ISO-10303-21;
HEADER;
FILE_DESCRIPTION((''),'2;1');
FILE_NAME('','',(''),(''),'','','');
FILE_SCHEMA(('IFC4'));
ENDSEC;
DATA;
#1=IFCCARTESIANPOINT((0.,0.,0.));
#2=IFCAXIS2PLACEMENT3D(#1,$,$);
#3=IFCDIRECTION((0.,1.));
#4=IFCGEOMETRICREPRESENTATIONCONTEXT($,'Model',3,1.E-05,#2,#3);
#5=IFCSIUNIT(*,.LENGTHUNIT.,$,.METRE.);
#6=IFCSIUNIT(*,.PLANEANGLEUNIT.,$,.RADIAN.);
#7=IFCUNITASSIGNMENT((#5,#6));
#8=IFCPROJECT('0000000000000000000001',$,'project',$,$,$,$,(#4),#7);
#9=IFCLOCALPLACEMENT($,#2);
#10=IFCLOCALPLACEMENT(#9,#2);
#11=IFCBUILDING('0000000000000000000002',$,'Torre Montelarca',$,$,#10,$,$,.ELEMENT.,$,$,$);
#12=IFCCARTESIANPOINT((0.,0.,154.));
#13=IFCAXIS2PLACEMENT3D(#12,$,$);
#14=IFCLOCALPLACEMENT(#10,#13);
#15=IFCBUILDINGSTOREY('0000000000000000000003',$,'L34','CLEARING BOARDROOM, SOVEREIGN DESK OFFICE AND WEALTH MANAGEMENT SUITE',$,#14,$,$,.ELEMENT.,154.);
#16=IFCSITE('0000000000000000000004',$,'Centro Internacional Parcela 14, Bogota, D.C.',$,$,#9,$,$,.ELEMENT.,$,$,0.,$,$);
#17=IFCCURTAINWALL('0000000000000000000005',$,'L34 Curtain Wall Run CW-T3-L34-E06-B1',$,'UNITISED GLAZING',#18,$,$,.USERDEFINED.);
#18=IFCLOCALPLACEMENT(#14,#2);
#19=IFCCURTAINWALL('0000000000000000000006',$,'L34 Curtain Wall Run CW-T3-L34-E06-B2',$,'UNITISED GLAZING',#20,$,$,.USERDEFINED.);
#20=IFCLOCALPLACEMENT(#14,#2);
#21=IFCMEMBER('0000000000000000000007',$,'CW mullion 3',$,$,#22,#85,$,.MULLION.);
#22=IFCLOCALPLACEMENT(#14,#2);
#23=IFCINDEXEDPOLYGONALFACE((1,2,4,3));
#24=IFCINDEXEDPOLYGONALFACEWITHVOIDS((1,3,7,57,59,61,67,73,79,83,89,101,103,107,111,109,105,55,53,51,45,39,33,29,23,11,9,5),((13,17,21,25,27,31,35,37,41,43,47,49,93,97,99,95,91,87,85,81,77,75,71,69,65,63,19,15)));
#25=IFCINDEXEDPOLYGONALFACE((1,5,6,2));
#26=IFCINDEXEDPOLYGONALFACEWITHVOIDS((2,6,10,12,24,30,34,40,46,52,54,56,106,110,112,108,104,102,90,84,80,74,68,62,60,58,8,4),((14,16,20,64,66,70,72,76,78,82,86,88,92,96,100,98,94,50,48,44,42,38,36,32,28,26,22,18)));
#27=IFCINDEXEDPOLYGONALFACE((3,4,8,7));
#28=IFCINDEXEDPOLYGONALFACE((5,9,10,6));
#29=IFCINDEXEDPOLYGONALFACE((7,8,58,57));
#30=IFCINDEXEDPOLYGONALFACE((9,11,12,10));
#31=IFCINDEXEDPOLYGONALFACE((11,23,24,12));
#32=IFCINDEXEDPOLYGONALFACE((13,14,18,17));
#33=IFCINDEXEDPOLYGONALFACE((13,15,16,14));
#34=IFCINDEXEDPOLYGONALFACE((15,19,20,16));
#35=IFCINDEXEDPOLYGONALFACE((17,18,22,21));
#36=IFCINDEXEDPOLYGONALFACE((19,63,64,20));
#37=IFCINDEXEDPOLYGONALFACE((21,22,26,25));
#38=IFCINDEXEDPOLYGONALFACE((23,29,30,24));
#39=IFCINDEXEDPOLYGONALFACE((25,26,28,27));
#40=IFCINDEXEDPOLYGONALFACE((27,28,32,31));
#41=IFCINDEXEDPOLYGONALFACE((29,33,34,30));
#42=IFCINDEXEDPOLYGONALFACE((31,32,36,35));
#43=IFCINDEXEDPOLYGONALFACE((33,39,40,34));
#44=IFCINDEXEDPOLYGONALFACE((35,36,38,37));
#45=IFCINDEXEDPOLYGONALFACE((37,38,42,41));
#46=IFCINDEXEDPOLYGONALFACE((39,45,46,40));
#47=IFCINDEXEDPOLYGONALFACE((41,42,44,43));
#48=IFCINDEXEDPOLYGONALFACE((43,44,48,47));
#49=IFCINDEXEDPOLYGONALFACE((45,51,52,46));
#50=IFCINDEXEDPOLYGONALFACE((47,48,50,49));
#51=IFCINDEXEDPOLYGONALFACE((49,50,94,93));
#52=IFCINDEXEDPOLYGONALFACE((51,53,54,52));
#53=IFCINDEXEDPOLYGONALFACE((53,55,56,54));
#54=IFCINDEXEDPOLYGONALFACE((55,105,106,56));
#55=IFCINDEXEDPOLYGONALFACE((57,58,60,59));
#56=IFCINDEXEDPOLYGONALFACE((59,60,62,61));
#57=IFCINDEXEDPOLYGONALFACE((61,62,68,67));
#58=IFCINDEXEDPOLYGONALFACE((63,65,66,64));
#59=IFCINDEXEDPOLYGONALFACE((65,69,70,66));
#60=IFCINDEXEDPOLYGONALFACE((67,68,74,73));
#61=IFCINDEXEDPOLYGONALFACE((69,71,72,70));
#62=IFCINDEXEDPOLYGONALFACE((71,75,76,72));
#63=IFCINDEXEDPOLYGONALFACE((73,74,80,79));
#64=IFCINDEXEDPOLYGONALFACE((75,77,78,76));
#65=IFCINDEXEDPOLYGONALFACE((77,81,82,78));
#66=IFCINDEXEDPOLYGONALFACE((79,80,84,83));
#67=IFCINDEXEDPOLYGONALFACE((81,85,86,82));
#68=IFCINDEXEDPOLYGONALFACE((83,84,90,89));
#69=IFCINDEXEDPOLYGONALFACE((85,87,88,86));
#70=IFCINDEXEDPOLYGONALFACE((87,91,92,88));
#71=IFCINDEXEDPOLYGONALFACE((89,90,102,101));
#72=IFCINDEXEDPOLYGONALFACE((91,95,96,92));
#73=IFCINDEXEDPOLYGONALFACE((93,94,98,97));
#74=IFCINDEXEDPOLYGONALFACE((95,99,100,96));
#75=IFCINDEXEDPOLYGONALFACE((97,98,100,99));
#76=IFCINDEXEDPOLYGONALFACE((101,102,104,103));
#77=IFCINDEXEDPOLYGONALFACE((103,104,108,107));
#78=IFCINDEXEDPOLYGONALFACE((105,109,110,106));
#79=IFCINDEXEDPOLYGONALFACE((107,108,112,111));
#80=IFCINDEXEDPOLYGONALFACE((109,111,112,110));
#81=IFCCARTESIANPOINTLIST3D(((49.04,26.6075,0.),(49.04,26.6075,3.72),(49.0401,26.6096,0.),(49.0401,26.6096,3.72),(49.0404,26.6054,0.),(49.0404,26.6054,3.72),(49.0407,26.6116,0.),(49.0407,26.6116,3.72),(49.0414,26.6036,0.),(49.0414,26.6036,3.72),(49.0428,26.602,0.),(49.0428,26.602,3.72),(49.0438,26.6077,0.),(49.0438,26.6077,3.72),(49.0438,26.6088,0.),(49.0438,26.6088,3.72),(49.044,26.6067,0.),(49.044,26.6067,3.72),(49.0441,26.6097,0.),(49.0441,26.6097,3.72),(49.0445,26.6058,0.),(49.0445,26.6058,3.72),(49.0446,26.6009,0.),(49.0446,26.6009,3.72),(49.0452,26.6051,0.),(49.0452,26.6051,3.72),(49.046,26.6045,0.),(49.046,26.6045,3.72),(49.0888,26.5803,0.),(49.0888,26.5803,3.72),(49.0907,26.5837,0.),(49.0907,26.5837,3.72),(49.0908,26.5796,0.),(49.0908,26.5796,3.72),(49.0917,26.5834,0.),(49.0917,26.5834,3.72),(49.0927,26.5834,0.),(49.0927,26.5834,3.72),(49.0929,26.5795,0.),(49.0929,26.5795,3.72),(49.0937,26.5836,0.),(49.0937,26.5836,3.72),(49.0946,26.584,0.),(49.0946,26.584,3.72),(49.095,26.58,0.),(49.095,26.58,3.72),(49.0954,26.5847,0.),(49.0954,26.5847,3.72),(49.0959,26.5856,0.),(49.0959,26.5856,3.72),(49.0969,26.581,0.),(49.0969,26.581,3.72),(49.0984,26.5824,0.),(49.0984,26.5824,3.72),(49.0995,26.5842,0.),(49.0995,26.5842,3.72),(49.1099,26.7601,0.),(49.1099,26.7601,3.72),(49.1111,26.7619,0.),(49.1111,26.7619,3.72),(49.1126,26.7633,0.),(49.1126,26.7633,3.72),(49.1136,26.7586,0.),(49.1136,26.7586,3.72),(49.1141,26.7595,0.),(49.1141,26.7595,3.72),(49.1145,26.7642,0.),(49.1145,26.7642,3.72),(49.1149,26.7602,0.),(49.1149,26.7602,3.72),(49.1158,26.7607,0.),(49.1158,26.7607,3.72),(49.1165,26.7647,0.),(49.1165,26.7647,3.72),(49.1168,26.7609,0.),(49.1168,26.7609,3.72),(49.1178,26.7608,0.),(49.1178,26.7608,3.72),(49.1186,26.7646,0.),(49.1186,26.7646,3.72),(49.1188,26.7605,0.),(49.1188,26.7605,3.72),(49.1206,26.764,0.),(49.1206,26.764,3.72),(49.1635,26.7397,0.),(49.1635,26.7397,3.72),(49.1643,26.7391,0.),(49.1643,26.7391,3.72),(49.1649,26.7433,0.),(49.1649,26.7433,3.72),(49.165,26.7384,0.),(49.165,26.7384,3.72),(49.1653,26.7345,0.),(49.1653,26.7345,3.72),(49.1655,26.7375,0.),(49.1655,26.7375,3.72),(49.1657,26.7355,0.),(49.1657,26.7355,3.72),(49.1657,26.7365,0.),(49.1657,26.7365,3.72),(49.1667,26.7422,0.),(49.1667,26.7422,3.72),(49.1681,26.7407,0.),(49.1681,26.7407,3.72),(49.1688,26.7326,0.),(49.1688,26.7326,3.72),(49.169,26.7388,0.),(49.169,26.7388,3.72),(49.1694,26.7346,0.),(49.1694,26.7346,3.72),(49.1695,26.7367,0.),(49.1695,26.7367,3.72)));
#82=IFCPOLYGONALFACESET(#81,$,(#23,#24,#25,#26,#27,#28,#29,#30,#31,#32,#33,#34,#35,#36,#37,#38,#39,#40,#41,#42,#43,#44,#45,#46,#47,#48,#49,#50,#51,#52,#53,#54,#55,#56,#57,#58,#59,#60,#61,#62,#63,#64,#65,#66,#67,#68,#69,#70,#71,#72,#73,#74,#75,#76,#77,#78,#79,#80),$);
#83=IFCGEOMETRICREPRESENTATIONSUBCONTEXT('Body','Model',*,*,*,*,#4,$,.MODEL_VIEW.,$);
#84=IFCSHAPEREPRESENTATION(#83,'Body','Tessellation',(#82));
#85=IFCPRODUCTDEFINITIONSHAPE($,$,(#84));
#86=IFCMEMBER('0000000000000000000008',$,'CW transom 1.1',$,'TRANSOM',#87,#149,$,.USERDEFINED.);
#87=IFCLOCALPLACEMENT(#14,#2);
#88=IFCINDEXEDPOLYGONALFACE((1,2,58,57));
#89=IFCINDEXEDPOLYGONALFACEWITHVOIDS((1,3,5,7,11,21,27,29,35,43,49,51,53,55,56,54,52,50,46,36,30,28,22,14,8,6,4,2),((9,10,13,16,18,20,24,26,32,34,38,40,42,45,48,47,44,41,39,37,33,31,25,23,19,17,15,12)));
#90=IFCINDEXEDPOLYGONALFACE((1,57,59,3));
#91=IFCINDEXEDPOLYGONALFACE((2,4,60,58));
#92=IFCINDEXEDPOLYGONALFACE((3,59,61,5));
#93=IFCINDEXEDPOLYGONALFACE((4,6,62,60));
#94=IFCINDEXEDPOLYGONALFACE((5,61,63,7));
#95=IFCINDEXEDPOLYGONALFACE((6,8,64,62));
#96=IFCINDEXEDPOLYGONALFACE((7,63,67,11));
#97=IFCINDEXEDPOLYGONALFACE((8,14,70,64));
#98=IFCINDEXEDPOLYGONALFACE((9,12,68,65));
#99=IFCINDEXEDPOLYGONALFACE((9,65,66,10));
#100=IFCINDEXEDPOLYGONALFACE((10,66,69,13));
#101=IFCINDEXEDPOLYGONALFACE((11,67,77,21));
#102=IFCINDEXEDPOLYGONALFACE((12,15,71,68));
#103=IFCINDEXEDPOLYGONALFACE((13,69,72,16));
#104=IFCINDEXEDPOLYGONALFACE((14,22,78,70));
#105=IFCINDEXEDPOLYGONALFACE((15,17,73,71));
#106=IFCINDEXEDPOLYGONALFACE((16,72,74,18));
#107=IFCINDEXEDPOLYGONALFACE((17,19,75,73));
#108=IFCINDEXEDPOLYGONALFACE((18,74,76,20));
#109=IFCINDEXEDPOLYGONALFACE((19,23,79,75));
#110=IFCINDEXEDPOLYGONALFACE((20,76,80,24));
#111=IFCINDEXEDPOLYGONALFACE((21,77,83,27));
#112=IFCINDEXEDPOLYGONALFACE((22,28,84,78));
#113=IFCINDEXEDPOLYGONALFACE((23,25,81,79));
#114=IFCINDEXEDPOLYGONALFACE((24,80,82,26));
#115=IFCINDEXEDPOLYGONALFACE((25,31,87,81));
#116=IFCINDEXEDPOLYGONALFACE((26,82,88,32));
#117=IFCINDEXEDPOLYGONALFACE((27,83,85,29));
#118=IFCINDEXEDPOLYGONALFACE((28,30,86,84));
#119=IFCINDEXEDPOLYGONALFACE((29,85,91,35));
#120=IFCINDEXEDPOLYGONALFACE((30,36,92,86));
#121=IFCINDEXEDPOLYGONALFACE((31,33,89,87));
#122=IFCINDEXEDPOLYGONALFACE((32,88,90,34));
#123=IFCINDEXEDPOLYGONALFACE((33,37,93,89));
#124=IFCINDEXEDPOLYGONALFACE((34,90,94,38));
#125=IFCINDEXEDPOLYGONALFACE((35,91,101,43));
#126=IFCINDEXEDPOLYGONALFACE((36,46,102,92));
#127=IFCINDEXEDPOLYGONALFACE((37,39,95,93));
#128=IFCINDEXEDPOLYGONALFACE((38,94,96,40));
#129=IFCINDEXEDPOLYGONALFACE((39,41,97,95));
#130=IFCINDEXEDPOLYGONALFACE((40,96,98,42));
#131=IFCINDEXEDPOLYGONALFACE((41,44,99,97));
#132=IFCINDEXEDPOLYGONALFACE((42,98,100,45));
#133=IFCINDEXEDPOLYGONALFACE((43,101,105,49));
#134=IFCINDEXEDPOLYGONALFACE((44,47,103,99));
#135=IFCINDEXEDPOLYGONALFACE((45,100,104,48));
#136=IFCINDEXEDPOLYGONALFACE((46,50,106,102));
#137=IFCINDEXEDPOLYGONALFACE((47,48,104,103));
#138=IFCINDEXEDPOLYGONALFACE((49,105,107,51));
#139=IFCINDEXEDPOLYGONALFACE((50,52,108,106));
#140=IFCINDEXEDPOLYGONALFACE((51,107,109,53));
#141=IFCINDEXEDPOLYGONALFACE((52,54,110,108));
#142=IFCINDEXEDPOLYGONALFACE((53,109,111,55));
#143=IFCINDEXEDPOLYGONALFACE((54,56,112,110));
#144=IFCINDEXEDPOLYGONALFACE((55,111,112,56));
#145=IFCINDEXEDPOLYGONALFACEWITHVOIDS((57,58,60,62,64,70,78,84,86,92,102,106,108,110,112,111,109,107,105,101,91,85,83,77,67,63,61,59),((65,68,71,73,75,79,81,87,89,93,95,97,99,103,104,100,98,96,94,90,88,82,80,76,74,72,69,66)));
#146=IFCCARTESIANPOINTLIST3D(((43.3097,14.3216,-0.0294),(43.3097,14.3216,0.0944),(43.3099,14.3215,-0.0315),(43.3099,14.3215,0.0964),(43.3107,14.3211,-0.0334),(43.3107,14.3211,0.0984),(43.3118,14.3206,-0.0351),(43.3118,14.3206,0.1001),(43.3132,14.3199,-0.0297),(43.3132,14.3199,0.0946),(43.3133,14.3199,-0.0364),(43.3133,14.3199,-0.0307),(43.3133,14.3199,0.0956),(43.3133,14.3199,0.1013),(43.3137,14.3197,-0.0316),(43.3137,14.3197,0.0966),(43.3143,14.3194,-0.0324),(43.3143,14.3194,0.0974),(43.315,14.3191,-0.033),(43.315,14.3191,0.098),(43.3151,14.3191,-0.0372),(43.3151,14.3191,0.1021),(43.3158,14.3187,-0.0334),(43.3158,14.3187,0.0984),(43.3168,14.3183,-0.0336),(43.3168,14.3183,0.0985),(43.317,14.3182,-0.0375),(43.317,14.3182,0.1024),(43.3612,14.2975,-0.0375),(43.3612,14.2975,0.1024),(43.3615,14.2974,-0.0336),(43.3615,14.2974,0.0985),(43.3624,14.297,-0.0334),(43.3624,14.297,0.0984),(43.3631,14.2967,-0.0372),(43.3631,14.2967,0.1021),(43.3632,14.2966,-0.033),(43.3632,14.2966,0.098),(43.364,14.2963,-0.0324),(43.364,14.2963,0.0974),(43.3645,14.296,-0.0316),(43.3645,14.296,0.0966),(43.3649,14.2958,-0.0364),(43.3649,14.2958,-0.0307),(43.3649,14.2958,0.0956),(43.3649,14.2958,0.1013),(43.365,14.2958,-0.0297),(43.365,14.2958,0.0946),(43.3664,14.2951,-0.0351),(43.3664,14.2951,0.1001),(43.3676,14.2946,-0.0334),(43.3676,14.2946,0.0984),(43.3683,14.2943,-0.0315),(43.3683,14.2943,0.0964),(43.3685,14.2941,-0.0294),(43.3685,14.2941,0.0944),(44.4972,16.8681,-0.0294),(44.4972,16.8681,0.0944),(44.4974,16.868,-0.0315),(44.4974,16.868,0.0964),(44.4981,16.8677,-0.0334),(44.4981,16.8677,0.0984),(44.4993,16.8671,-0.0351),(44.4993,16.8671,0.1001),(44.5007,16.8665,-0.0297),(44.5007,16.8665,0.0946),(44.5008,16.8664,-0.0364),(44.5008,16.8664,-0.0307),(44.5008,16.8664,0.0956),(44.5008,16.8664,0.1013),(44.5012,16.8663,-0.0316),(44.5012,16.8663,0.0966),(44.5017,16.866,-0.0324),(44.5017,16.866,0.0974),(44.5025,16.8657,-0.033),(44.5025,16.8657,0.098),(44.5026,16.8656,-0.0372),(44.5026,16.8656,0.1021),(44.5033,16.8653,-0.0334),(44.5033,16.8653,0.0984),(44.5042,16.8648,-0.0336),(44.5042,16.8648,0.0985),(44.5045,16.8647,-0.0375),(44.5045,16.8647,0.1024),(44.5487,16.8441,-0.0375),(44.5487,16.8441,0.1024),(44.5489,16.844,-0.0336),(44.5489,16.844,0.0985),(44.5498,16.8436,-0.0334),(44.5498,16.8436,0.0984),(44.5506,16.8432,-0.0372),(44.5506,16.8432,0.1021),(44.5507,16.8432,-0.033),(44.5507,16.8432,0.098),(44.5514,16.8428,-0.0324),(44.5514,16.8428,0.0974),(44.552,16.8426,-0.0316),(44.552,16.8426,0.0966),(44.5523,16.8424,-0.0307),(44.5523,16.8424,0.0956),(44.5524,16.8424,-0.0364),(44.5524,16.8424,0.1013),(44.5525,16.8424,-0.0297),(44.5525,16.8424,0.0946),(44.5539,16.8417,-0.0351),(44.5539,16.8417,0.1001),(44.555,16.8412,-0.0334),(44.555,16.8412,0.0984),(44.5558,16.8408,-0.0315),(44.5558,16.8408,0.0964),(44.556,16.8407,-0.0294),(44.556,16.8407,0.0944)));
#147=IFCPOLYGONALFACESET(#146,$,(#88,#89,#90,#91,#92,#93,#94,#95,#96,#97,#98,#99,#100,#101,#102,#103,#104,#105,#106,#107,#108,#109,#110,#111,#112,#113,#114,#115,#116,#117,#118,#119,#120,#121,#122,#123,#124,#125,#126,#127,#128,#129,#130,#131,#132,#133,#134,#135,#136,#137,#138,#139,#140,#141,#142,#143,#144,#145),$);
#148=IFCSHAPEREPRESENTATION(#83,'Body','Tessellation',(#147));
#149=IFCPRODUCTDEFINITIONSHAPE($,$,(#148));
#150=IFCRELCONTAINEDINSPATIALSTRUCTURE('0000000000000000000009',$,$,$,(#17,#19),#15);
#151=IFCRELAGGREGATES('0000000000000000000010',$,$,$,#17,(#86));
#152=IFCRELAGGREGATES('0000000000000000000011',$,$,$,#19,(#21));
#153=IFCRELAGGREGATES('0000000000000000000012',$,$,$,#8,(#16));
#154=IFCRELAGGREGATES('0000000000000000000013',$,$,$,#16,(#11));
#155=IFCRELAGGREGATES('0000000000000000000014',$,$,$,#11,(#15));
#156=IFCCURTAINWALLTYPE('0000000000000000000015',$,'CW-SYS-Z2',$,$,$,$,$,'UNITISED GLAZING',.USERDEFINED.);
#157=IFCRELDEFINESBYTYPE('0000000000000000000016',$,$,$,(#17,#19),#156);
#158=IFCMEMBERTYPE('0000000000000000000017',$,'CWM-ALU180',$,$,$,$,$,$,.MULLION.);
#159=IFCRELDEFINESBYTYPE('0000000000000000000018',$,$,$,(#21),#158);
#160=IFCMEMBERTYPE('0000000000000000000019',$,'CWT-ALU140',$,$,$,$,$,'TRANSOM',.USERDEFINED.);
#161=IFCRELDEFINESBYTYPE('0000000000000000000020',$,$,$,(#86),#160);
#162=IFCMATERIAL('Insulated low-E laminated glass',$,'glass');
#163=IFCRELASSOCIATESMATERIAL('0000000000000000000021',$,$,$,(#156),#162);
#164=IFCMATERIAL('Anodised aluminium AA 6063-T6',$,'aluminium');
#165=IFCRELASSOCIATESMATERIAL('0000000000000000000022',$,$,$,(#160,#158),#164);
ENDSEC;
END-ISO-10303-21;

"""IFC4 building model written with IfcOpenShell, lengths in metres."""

from ifc_helpers import new_model, si_unit, direction, frame, origin, origin_2d, place, context, subcontext, project, spatial, hollow_rectangle, extrude, source, transform, mapped, material, material_profile, profile_set, type_object, element, aggregate, save


model = new_model("IFC4")

# Units and contexts
model_context = context("Model", 3, precision=1e-05, world=origin(), true_north=direction((0.0, 1.0)))
body_context = subcontext(model_context, "Body", "Model", "MODEL_VIEW")
ifc_project = project(units=[si_unit("LENGTHUNIT", "METRE"), si_unit("PLANEANGLEUNIT", "RADIAN")], contexts=[model_context])

# Site, building, storey
site_placement = place(None, origin())
site = spatial("IfcSite", under=ifc_project, at=site_placement, Name="Centro Internacional Parcela 14, Bogota, D.C.", CompositionType="ELEMENT", RefElevation=0.0)
building_placement = place(site_placement, origin())
building = spatial("IfcBuilding", under=site, at=building_placement, Name="Torre Montelarca", CompositionType="ELEMENT")
storey_placement = place(building_placement, frame((0.0, 0.0, 154.0)))
storey = spatial("IfcBuildingStorey", under=building, at=storey_placement, Name="L34", Description="CLEARING BOARDROOM, SOVEREIGN DESK OFFICE AND WEALTH MANAGEMENT SUITE", CompositionType="ELEMENT", Elevation=154.0)

# Curtain walls, member
ifc_material_1 = material(Name="Insulated low-E laminated glass", Category="glass")
curtain_wall_type = type_object("IfcCurtainWallType", Name="CW-SYS-Z2", ElementType="UNITISED GLAZING", PredefinedType="USERDEFINED", material=ifc_material_1)
ifc_material_2 = material(Name="Anodised aluminium AA 6063-T6", Category="aluminium")
ifc_material_profile_1 = material_profile(ifc_material_2, hollow_rectangle(XDim=0.0649, YDim=0.1399, WallThickness=0.0039, InnerFilletRadius=0.0039, OuterFilletRadius=0.0081, at=origin_2d()), Name="ALU65X140X4", Category="aluminium")
ifc_profile_set_1 = profile_set([ifc_material_profile_1], Name="Anodised aluminium AA 6063-T6")
member_type_1 = type_object("IfcMemberType", Name="CWT-ALU140", ElementType="TRANSOM", PredefinedType="USERDEFINED", material=ifc_profile_set_1)
ifc_material_profile_2 = material_profile(ifc_material_2, hollow_rectangle(XDim=0.0649, YDim=0.1799, WallThickness=0.0039, InnerFilletRadius=0.0039, OuterFilletRadius=0.0081, at=origin_2d()), Name="ALU65X180X4", Category="aluminium")
ifc_profile_set_2 = profile_set([ifc_material_profile_2], Name="Anodised aluminium AA 6063-T6")
member_type_2 = type_object("IfcMemberType", Name="CWM-ALU180", PredefinedType="MULLION", material=ifc_profile_set_2)
shared_shape_1 = source(origin(), body_context, "Body", "SweptSolid", [
    extrude(hollow_rectangle(XDim=0.0649, YDim=0.1799, WallThickness=0.0039, InnerFilletRadius=0.0039, OuterFilletRadius=0.0081, at=origin_2d()), origin(), (0.0, 0.0, 1.0), 3.72),
])
curtain_wall_1_placement = place(storey_placement, origin())
curtain_wall_1 = element("IfcCurtainWall", 1, at=curtain_wall_1_placement, inside=storey, type_object=curtain_wall_type, Name="L34 Curtain Wall Run CW-T3-L34-E06-B1", ObjectType="UNITISED GLAZING", PredefinedType="USERDEFINED")
curtain_wall_2_placement = place(storey_placement, origin())
curtain_wall_2 = element("IfcCurtainWall", 2, at=curtain_wall_2_placement, inside=storey, type_object=curtain_wall_type, Name="L34 Curtain Wall Run CW-T3-L34-E06-B2", ObjectType="UNITISED GLAZING", PredefinedType="USERDEFINED")
member_1_placement = place(storey_placement, frame((49.1047, 26.6721, 0.0), z_axis=(0.0, 0.0, 1.0), x_axis=(-0.90631, 0.422613, 0.0)))
member_1 = element("IfcMember", 3, at=member_1_placement, type_object=member_type_2, Name="CW mullion 3", PredefinedType="MULLION", context=body_context, shape_type="MappedRepresentation", body=[
    mapped(shared_shape_1, transform((0.0, 0.0, 0.0), scale=1.0)),
])

# Member
shared_shape_2 = source(origin(), body_context, "Body", "SweptSolid", [
    extrude(hollow_rectangle(XDim=0.0649, YDim=0.1399, WallThickness=0.0039, InnerFilletRadius=0.0039, OuterFilletRadius=0.0081, at=origin_2d()), origin(), (0.0, 0.0, 1.0), 2.8098),
])
member_2_placement = place(storey_placement, frame((43.3391, 14.3079, 0.0325), z_axis=(0.422614, 0.90631, 0.0), x_axis=(-0.90631, 0.422614, 0.0)))
member_2 = element("IfcMember", 4, at=member_2_placement, type_object=member_type_1, Name="CW transom 1.1", ObjectType="TRANSOM", PredefinedType="USERDEFINED", context=body_context, shape_type="MappedRepresentation", body=[
    mapped(shared_shape_2, transform((0.0, 0.0, 0.0), scale=1.0)),
])

aggregate(curtain_wall_1, [member_2])
aggregate(curtain_wall_2, [member_1])

save(model, "model.ifc")
